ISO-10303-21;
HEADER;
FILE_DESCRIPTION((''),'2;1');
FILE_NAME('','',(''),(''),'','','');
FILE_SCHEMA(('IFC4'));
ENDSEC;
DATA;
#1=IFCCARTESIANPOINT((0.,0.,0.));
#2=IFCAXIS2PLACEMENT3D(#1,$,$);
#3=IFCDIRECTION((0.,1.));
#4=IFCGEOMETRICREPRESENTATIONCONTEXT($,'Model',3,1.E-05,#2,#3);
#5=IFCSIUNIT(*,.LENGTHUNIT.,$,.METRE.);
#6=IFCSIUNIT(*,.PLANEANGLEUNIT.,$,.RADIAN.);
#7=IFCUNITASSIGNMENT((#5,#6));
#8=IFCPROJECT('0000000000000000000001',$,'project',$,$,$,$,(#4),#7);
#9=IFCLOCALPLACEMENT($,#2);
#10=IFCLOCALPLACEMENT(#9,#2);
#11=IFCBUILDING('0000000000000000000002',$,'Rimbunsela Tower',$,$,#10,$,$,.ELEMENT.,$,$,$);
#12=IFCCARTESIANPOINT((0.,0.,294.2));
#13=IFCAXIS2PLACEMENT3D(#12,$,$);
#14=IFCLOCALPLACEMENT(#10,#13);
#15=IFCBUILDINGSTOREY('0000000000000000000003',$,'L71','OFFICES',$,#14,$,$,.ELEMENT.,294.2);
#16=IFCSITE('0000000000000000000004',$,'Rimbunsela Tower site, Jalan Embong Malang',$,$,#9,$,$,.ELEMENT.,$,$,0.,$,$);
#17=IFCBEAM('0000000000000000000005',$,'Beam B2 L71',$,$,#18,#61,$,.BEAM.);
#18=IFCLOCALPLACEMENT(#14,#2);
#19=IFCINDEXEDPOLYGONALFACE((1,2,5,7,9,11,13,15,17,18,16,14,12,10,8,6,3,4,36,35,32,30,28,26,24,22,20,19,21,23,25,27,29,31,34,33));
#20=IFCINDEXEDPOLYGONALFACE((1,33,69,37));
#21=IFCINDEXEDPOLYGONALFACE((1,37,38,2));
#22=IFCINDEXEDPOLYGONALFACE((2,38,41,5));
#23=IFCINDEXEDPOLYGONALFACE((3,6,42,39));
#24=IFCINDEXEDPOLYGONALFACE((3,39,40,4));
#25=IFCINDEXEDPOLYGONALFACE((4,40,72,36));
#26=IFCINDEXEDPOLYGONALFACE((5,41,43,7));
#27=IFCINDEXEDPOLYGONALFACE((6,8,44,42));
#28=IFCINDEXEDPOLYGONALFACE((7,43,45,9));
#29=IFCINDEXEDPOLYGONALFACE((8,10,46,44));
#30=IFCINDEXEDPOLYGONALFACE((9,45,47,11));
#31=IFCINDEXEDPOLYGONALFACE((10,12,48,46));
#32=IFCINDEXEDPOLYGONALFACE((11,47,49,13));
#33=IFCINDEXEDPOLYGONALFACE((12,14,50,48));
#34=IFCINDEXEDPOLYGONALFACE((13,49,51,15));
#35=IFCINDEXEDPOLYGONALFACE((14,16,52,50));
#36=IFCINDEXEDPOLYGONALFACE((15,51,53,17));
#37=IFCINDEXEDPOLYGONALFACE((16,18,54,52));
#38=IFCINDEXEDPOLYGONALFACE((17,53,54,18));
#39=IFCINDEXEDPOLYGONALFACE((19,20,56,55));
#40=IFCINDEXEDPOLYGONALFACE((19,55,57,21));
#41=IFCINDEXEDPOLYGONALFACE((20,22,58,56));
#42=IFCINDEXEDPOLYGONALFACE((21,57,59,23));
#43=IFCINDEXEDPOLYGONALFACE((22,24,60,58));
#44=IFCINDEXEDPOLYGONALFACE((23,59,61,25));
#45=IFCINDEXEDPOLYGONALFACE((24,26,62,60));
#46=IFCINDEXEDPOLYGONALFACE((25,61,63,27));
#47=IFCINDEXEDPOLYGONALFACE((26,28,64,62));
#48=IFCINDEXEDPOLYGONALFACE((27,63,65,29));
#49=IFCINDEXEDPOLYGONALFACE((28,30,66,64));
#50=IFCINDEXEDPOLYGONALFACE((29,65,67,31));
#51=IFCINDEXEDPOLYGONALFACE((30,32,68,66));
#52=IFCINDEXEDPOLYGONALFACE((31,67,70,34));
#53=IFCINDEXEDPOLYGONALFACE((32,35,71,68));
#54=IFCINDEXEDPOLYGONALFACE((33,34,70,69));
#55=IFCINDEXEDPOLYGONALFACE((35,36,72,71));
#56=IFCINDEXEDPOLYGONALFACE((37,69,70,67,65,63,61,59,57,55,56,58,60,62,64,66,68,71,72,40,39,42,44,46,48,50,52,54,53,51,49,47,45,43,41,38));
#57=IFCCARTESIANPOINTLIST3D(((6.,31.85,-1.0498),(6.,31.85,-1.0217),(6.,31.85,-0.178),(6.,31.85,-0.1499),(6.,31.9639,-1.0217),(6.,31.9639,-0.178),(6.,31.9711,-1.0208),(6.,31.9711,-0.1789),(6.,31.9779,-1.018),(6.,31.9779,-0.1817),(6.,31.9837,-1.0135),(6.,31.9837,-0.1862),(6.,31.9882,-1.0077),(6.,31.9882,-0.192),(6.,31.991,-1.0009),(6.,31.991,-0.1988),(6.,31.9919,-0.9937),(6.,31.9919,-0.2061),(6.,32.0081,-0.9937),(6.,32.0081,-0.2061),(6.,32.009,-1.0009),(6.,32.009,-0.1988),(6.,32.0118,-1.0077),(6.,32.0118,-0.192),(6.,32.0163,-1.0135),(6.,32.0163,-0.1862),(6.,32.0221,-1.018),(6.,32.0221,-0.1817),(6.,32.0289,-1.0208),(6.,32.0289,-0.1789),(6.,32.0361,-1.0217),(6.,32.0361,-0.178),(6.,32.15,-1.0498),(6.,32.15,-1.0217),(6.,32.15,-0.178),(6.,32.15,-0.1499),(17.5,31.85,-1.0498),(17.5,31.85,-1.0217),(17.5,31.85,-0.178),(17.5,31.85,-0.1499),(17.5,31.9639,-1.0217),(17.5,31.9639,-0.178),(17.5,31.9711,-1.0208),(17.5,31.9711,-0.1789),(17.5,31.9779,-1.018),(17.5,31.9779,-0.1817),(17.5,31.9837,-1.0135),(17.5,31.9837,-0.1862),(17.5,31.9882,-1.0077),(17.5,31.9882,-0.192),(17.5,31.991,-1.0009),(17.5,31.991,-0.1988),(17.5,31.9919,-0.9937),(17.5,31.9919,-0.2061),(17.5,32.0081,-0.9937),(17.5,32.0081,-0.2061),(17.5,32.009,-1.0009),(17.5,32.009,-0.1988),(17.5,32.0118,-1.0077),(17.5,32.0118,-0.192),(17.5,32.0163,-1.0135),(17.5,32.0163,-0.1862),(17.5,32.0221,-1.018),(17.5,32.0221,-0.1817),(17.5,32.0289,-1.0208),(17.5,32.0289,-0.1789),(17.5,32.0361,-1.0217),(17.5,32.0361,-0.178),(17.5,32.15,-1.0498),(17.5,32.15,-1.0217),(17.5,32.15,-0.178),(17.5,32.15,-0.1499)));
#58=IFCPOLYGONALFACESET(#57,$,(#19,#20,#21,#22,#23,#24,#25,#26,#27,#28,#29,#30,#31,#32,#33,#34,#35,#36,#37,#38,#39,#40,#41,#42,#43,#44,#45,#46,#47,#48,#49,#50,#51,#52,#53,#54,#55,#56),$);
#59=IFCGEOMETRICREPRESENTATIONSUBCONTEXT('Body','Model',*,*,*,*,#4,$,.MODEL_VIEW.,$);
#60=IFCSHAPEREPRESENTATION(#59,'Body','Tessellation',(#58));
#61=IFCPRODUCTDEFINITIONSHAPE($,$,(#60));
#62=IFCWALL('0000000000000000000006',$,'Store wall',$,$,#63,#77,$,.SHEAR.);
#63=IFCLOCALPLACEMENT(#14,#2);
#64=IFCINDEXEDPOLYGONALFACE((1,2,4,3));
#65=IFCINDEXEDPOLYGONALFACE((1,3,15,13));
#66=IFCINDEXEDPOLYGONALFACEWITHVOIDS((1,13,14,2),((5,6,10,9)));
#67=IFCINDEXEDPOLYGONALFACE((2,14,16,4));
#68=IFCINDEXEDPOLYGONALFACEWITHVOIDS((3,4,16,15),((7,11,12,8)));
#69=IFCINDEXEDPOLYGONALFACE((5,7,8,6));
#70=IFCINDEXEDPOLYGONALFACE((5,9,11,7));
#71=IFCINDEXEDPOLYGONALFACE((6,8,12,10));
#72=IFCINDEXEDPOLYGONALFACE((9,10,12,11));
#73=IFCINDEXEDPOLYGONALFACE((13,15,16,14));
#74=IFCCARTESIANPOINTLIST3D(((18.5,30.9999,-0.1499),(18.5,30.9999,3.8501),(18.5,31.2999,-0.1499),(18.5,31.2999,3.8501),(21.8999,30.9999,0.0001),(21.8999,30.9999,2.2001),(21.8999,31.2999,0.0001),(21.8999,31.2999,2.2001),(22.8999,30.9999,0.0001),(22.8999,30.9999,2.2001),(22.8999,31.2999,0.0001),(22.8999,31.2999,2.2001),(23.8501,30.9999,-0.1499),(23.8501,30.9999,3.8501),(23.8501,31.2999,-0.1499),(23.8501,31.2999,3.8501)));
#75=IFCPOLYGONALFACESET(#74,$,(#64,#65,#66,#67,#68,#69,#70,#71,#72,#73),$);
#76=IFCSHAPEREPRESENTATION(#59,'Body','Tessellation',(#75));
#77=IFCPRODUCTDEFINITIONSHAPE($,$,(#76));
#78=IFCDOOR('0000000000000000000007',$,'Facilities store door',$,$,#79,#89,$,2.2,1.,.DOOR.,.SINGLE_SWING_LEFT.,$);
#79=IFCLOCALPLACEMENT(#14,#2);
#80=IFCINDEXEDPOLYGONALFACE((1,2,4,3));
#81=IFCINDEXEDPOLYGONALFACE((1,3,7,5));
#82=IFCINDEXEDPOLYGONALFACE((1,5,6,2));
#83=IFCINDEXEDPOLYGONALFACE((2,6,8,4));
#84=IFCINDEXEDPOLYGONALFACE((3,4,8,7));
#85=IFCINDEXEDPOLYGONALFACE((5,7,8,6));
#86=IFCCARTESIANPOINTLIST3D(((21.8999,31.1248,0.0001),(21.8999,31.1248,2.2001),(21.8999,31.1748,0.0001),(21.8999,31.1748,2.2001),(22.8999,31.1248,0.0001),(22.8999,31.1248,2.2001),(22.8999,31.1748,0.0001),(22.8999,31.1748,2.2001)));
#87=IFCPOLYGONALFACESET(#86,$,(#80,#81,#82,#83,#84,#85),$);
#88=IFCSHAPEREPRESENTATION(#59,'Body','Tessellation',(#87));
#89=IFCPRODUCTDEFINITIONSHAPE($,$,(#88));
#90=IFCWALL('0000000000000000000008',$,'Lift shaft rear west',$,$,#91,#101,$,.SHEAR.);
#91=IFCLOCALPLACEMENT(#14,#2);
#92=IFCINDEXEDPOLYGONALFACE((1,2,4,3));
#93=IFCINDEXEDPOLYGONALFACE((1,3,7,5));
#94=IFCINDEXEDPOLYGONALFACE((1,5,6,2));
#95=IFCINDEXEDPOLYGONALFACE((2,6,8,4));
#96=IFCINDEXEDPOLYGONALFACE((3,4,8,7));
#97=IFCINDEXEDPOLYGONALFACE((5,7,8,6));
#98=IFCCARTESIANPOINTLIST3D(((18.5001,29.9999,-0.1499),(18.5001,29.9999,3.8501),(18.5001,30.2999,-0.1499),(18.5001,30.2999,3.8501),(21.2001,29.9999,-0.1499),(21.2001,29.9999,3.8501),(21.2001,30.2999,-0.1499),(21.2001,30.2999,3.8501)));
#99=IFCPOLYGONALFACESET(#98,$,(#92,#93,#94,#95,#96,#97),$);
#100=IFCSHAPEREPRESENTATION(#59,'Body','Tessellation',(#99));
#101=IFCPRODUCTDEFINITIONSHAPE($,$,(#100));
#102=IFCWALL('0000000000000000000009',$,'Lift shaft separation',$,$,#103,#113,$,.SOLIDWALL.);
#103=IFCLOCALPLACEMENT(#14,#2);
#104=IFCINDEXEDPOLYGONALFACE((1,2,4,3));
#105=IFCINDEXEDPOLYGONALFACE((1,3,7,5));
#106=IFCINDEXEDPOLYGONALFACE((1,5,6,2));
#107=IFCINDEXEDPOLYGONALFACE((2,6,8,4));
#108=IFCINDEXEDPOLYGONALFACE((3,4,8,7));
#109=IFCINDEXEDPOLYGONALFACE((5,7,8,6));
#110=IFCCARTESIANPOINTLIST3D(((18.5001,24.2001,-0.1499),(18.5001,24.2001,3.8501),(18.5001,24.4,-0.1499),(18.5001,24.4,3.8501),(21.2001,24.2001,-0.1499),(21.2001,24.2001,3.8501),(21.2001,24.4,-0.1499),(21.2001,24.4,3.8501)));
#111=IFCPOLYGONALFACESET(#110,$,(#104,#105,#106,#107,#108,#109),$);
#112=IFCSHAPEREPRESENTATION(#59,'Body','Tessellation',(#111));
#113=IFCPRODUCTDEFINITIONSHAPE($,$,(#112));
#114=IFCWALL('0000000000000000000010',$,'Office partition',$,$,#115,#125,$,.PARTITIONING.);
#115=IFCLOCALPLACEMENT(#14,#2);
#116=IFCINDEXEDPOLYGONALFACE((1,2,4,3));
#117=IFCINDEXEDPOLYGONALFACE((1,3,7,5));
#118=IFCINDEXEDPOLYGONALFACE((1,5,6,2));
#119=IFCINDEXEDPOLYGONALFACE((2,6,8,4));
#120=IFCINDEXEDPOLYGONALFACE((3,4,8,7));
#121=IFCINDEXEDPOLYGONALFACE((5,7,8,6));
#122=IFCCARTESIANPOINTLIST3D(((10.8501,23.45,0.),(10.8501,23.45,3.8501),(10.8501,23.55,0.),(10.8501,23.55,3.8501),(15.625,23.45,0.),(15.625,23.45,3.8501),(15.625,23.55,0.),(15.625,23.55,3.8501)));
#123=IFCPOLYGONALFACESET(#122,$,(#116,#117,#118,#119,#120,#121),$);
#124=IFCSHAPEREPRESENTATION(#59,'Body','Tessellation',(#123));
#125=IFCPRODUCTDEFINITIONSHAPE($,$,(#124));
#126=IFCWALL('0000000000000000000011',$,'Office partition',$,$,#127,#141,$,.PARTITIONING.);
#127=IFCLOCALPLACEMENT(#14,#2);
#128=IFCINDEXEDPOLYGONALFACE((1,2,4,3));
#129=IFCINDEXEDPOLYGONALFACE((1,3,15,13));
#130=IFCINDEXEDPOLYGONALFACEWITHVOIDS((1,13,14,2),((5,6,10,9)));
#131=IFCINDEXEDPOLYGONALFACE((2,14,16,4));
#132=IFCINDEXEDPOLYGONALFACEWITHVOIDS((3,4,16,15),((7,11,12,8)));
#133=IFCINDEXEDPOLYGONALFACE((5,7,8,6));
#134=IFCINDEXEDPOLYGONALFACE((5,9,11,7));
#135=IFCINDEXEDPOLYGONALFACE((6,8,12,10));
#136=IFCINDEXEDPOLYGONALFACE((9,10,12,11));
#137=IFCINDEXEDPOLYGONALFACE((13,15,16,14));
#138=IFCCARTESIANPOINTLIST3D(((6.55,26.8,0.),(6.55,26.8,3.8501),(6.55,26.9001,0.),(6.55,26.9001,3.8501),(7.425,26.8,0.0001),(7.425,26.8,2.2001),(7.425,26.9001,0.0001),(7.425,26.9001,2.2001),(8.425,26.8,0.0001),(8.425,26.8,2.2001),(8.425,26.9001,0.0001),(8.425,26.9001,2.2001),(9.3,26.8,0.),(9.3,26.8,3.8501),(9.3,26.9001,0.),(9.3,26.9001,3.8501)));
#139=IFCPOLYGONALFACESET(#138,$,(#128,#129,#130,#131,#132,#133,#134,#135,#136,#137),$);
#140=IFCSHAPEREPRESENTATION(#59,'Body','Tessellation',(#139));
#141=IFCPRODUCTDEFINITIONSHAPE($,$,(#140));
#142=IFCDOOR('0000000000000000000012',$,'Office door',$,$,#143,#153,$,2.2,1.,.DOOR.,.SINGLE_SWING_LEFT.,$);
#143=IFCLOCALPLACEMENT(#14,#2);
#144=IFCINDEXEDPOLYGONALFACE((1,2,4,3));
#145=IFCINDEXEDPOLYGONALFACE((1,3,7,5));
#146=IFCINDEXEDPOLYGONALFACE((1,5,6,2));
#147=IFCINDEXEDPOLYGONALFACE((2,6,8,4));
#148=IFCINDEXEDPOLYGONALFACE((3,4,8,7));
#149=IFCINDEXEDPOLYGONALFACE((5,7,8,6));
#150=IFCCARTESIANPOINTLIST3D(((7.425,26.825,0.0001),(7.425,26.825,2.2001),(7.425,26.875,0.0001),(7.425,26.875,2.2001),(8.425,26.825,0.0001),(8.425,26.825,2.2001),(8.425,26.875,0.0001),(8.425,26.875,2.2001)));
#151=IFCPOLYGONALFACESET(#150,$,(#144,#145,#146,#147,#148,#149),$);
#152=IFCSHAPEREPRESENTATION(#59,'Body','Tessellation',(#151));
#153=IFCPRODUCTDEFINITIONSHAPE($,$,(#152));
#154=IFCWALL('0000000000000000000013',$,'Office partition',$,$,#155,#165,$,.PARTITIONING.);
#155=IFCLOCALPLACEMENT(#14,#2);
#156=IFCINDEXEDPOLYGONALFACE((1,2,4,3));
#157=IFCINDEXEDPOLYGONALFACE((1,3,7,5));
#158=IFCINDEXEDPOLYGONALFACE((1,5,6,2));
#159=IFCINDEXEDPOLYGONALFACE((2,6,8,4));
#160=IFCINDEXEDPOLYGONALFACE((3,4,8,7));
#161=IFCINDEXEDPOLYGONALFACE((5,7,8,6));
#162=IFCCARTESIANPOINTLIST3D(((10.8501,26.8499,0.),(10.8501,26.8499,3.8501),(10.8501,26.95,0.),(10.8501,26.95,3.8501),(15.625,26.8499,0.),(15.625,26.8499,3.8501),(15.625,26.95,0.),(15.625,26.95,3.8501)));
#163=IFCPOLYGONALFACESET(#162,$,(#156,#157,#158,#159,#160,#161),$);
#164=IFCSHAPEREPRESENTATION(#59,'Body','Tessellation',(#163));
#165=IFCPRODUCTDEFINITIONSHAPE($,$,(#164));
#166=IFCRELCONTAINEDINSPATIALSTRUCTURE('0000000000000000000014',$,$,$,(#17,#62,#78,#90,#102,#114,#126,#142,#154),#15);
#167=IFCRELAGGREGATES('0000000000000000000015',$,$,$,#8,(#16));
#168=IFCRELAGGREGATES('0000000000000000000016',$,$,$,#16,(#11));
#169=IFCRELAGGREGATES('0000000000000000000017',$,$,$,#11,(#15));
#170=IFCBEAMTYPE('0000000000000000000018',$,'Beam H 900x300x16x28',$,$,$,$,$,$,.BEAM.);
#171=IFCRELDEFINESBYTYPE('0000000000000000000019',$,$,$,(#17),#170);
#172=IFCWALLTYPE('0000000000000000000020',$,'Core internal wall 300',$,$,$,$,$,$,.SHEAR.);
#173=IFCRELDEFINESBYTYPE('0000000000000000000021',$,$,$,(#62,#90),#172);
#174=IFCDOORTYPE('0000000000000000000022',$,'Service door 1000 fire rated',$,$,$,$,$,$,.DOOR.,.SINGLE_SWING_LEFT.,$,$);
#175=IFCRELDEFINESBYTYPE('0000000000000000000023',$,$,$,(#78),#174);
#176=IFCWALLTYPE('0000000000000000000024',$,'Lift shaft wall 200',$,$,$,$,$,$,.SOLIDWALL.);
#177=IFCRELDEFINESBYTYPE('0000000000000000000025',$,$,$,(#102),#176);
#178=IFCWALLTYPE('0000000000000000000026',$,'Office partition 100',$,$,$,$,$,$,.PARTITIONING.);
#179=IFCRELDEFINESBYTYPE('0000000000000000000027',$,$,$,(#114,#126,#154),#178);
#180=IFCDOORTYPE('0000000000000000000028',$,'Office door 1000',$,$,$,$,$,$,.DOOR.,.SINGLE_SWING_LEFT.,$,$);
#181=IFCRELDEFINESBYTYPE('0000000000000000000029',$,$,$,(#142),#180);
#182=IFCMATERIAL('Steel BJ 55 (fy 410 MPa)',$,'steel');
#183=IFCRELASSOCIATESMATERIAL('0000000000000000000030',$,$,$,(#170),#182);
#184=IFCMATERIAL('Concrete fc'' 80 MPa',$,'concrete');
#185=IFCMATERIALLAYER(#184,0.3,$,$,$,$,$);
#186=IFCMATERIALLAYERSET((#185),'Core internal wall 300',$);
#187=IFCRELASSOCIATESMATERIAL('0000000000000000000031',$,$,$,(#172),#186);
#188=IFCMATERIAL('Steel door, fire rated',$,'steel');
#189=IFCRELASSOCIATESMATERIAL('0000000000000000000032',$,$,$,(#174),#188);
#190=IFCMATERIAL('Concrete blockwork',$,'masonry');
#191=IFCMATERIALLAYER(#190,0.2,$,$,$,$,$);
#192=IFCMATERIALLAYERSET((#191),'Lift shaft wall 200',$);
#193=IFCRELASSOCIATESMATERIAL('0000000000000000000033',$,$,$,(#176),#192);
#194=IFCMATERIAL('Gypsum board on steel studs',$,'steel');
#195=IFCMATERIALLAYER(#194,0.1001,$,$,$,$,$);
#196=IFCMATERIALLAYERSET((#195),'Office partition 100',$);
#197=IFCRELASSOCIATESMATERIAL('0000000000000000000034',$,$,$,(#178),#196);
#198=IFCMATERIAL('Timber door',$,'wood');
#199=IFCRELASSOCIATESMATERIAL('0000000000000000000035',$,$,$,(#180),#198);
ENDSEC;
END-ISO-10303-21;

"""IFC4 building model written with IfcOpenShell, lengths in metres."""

from ifc_helpers import new_model, si_unit, direction, frame, frame_2d, origin, origin_2d, place, context, subcontext, project, spatial, rectangle, i_section, extrude, material, layer, layer_set, material_profile, profile_set, type_object, element, fill, save


model = new_model("IFC4")

# Units and contexts
model_context = context("Model", 3, precision=1e-05, world=origin(), true_north=direction((0.0, 1.0)))
body_context = subcontext(model_context, "Body", "Model", "MODEL_VIEW")
ifc_project = project(units=[si_unit("LENGTHUNIT", "METRE"), si_unit("PLANEANGLEUNIT", "RADIAN")], contexts=[model_context])

# Site, building, storey
site_placement = place(None, origin())
site = spatial("IfcSite", under=ifc_project, at=site_placement, Name="Rimbunsela Tower site, Jalan Embong Malang", CompositionType="ELEMENT", RefElevation=0.0)
building_placement = place(site_placement, origin())
building = spatial("IfcBuilding", under=site, at=building_placement, Name="Rimbunsela Tower", CompositionType="ELEMENT")
storey_placement = place(building_placement, frame((0.0, 0.0, 294.2)))
storey = spatial("IfcBuildingStorey", under=building, at=storey_placement, Name="L71", Description="OFFICES", CompositionType="ELEMENT", Elevation=294.2)

# Beam
ifc_material_1 = material(Name="Steel BJ 55 (fy 410 MPa)", Category="steel")
ifc_material_profile_1 = material_profile(ifc_material_1, i_section(OverallWidth=0.3, OverallDepth=0.8999, WebThickness=0.0161, FlangeThickness=0.0281, FilletRadius=0.0281, at=origin_2d()), Name="H 900x300x16x28")
ifc_profile_set_1 = profile_set([ifc_material_profile_1], Name="Steel BJ 55 (fy 410 MPa)")
beam_type_1 = type_object("IfcBeamType", Name="Beam H 900x300x16x28", PredefinedType="BEAM", material=ifc_profile_set_1)
for number, where, z_axis, x_axis, name in (
    (1, (6.0, 32.0, -0.5999), (1.0, 0.0, 0.0), (0.0, 1.0, 0.0), "Beam B2 L71"),
):
    element("IfcBeam", number, at=place(storey_placement, frame(where, z_axis=z_axis, x_axis=x_axis)), inside=storey, type_object=beam_type_1, Name=name, PredefinedType="BEAM", context=body_context, shape_type="SweptSolid", body=[
        extrude(i_section(OverallWidth=0.3, OverallDepth=0.8999, WebThickness=0.0161, FlangeThickness=0.0281, FilletRadius=0.0281, at=origin_2d()), origin(), (0.0, 0.0, 1.0), 11.5),
    ])

# Wall, opening, door
ifc_material_2 = material(Name="Concrete fc' 80 MPa", Category="concrete")
ifc_layer_1 = layer(ifc_material_2, 0.3)
ifc_layer_set_1 = layer_set([ifc_layer_1], Name="Core internal wall 300")
wall_type_1 = type_object("IfcWallType", Name="Core internal wall 300", PredefinedType="SHEAR", material=ifc_layer_set_1)
wall_1_placement = place(storey_placement, frame((18.5, 31.1499, -0.1499), z_axis=(0.0, 0.0, 1.0), x_axis=(1.0, 0.0, 0.0)))
wall_1 = element("IfcWall", 2, at=wall_1_placement, inside=storey, type_object=wall_type_1, Name="Store wall", PredefinedType="SHEAR", context=body_context, shape_type="SweptSolid", body=[
    extrude(rectangle(XDim=5.3501, YDim=0.3, at=frame_2d((2.675, 0.0))), origin(), (0.0, 0.0, 1.0), 4.0),
])
opening_1_placement = place(wall_1_placement, frame((3.3999, 0.0, 0.1499)))
opening_1 = element("IfcOpeningElement", 3, at=opening_1_placement, cuts=wall_1, PredefinedType="OPENING", context=body_context, shape_type="SweptSolid", body=[
    extrude(rectangle(XDim=1.0, YDim=2.2, at=frame_2d((0.5, 1.1001))), frame((0.0, 0.1599, 0.0), z_axis=(0.0, -1.0, 0.0), x_axis=(1.0, 0.0, 0.0)), (0.0, 0.0, 1.0), 0.3201),
])
ifc_material_3 = material(Name="Steel door, fire rated", Category="steel")
door_type_1 = type_object("IfcDoorType", Name="Service door 1000 fire rated", OperationType="SINGLE_SWING_LEFT", PredefinedType="DOOR", material=ifc_material_3)
door_1_placement = place(opening_1_placement, origin())
door_1 = element("IfcDoor", 4, at=door_1_placement, inside=storey, type_object=door_type_1, Name="Facilities store door", OperationType="SINGLE_SWING_LEFT", OverallHeight=2.2, OverallWidth=1.0, PredefinedType="DOOR", context=body_context, shape_type="SweptSolid", body=[
    extrude(rectangle(XDim=1.0, YDim=2.2, at=frame_2d((0.5, 1.1001))), frame((0.0, 0.0249, 0.0), z_axis=(0.0, -1.0, 0.0), x_axis=(1.0, 0.0, 0.0)), (0.0, 0.0, 1.0), 0.05),
])
fill(opening_1, door_1)

# Walls
wall_2_placement = place(storey_placement, frame((18.5, 30.1499, -0.1499), z_axis=(0.0, 0.0, 1.0), x_axis=(1.0, 0.0, 0.0)))
element("IfcWall", 5, at=wall_2_placement, inside=storey, type_object=wall_type_1, Name="Lift shaft rear west", PredefinedType="SHEAR", context=body_context, shape_type="SweptSolid", body=[
    extrude(rectangle(XDim=2.7, YDim=0.3, at=frame_2d((1.3501, 0.0))), origin(), (0.0, 0.0, 1.0), 4.0),
])
ifc_material_4 = material(Name="Concrete blockwork", Category="masonry")
ifc_layer_2 = layer(ifc_material_4, 0.2)
ifc_layer_set_2 = layer_set([ifc_layer_2], Name="Lift shaft wall 200")
wall_type_2 = type_object("IfcWallType", Name="Lift shaft wall 200", PredefinedType="SOLIDWALL", material=ifc_layer_set_2)
wall_3_placement = place(storey_placement, frame((18.5, 24.3, -0.1499), z_axis=(0.0, 0.0, 1.0), x_axis=(1.0, 0.0, 0.0)))
element("IfcWall", 6, at=wall_3_placement, inside=storey, type_object=wall_type_2, Name="Lift shaft separation", PredefinedType="SOLIDWALL", context=body_context, shape_type="SweptSolid", body=[
    extrude(rectangle(XDim=2.7, YDim=0.2, at=frame_2d((1.3501, 0.0))), origin(), (0.0, 0.0, 1.0), 4.0),
])
ifc_material_5 = material(Name="Gypsum board on steel studs", Category="steel")
ifc_layer_3 = layer(ifc_material_5, 0.1001)
ifc_layer_set_3 = layer_set([ifc_layer_3], Name="Office partition 100")
wall_type_3 = type_object("IfcWallType", Name="Office partition 100", PredefinedType="PARTITIONING", material=ifc_layer_set_3)
wall_4_placement = place(storey_placement, frame((10.8501, 23.5, 0.0), z_axis=(0.0, 0.0, 1.0), x_axis=(1.0, 0.0, 0.0)))
element("IfcWall", 7, at=wall_4_placement, inside=storey, type_object=wall_type_3, Name="Office partition", PredefinedType="PARTITIONING", context=body_context, shape_type="SweptSolid", body=[
    extrude(rectangle(XDim=4.7749, YDim=0.1001, at=frame_2d((2.3875, 0.0))), origin(), (0.0, 0.0, 1.0), 3.8501),
])

# Wall, opening, door
wall_5_placement = place(storey_placement, frame((6.55, 26.8501, 0.0), z_axis=(0.0, 0.0, 1.0), x_axis=(1.0, 0.0, 0.0)))
wall_5 = element("IfcWall", 8, at=wall_5_placement, inside=storey, type_object=wall_type_3, Name="Office partition", PredefinedType="PARTITIONING", context=body_context, shape_type="SweptSolid", body=[
    extrude(rectangle(XDim=2.75, YDim=0.1001, at=frame_2d((1.375, 0.0))), origin(), (0.0, 0.0, 1.0), 3.8501),
])
opening_2_placement = place(wall_5_placement, frame((0.875, 0.0, 0.0)))
opening_2 = element("IfcOpeningElement", 9, at=opening_2_placement, cuts=wall_5, PredefinedType="OPENING", context=body_context, shape_type="SweptSolid", body=[
    extrude(rectangle(XDim=1.0, YDim=2.2, at=frame_2d((0.5, 1.1001))), frame((0.0, 0.0601, 0.0), z_axis=(0.0, -1.0, 0.0), x_axis=(1.0, 0.0, 0.0)), (0.0, 0.0, 1.0), 0.1201),
])
ifc_material_6 = material(Name="Timber door", Category="wood")
door_type_2 = type_object("IfcDoorType", Name="Office door 1000", OperationType="SINGLE_SWING_LEFT", PredefinedType="DOOR", material=ifc_material_6)
door_2_placement = place(opening_2_placement, origin())
door_2 = element("IfcDoor", 10, at=door_2_placement, inside=storey, type_object=door_type_2, Name="Office door", OperationType="SINGLE_SWING_LEFT", OverallHeight=2.2, OverallWidth=1.0, PredefinedType="DOOR", context=body_context, shape_type="SweptSolid", body=[
    extrude(rectangle(XDim=1.0, YDim=2.2, at=frame_2d((0.5, 1.1001))), frame((0.0, 0.0249, 0.0), z_axis=(0.0, -1.0, 0.0), x_axis=(1.0, 0.0, 0.0)), (0.0, 0.0, 1.0), 0.05),
])
fill(opening_2, door_2)

# Wall
wall_6_placement = place(storey_placement, frame((10.8501, 26.8999, 0.0), z_axis=(0.0, 0.0, 1.0), x_axis=(1.0, 0.0, 0.0)))
element("IfcWall", 11, at=wall_6_placement, inside=storey, type_object=wall_type_3, Name="Office partition", PredefinedType="PARTITIONING", context=body_context, shape_type="SweptSolid", body=[
    extrude(rectangle(XDim=4.7749, YDim=0.1001, at=frame_2d((2.3875, 0.0))), origin(), (0.0, 0.0, 1.0), 3.8501),
])

save(model, "model.ifc")
